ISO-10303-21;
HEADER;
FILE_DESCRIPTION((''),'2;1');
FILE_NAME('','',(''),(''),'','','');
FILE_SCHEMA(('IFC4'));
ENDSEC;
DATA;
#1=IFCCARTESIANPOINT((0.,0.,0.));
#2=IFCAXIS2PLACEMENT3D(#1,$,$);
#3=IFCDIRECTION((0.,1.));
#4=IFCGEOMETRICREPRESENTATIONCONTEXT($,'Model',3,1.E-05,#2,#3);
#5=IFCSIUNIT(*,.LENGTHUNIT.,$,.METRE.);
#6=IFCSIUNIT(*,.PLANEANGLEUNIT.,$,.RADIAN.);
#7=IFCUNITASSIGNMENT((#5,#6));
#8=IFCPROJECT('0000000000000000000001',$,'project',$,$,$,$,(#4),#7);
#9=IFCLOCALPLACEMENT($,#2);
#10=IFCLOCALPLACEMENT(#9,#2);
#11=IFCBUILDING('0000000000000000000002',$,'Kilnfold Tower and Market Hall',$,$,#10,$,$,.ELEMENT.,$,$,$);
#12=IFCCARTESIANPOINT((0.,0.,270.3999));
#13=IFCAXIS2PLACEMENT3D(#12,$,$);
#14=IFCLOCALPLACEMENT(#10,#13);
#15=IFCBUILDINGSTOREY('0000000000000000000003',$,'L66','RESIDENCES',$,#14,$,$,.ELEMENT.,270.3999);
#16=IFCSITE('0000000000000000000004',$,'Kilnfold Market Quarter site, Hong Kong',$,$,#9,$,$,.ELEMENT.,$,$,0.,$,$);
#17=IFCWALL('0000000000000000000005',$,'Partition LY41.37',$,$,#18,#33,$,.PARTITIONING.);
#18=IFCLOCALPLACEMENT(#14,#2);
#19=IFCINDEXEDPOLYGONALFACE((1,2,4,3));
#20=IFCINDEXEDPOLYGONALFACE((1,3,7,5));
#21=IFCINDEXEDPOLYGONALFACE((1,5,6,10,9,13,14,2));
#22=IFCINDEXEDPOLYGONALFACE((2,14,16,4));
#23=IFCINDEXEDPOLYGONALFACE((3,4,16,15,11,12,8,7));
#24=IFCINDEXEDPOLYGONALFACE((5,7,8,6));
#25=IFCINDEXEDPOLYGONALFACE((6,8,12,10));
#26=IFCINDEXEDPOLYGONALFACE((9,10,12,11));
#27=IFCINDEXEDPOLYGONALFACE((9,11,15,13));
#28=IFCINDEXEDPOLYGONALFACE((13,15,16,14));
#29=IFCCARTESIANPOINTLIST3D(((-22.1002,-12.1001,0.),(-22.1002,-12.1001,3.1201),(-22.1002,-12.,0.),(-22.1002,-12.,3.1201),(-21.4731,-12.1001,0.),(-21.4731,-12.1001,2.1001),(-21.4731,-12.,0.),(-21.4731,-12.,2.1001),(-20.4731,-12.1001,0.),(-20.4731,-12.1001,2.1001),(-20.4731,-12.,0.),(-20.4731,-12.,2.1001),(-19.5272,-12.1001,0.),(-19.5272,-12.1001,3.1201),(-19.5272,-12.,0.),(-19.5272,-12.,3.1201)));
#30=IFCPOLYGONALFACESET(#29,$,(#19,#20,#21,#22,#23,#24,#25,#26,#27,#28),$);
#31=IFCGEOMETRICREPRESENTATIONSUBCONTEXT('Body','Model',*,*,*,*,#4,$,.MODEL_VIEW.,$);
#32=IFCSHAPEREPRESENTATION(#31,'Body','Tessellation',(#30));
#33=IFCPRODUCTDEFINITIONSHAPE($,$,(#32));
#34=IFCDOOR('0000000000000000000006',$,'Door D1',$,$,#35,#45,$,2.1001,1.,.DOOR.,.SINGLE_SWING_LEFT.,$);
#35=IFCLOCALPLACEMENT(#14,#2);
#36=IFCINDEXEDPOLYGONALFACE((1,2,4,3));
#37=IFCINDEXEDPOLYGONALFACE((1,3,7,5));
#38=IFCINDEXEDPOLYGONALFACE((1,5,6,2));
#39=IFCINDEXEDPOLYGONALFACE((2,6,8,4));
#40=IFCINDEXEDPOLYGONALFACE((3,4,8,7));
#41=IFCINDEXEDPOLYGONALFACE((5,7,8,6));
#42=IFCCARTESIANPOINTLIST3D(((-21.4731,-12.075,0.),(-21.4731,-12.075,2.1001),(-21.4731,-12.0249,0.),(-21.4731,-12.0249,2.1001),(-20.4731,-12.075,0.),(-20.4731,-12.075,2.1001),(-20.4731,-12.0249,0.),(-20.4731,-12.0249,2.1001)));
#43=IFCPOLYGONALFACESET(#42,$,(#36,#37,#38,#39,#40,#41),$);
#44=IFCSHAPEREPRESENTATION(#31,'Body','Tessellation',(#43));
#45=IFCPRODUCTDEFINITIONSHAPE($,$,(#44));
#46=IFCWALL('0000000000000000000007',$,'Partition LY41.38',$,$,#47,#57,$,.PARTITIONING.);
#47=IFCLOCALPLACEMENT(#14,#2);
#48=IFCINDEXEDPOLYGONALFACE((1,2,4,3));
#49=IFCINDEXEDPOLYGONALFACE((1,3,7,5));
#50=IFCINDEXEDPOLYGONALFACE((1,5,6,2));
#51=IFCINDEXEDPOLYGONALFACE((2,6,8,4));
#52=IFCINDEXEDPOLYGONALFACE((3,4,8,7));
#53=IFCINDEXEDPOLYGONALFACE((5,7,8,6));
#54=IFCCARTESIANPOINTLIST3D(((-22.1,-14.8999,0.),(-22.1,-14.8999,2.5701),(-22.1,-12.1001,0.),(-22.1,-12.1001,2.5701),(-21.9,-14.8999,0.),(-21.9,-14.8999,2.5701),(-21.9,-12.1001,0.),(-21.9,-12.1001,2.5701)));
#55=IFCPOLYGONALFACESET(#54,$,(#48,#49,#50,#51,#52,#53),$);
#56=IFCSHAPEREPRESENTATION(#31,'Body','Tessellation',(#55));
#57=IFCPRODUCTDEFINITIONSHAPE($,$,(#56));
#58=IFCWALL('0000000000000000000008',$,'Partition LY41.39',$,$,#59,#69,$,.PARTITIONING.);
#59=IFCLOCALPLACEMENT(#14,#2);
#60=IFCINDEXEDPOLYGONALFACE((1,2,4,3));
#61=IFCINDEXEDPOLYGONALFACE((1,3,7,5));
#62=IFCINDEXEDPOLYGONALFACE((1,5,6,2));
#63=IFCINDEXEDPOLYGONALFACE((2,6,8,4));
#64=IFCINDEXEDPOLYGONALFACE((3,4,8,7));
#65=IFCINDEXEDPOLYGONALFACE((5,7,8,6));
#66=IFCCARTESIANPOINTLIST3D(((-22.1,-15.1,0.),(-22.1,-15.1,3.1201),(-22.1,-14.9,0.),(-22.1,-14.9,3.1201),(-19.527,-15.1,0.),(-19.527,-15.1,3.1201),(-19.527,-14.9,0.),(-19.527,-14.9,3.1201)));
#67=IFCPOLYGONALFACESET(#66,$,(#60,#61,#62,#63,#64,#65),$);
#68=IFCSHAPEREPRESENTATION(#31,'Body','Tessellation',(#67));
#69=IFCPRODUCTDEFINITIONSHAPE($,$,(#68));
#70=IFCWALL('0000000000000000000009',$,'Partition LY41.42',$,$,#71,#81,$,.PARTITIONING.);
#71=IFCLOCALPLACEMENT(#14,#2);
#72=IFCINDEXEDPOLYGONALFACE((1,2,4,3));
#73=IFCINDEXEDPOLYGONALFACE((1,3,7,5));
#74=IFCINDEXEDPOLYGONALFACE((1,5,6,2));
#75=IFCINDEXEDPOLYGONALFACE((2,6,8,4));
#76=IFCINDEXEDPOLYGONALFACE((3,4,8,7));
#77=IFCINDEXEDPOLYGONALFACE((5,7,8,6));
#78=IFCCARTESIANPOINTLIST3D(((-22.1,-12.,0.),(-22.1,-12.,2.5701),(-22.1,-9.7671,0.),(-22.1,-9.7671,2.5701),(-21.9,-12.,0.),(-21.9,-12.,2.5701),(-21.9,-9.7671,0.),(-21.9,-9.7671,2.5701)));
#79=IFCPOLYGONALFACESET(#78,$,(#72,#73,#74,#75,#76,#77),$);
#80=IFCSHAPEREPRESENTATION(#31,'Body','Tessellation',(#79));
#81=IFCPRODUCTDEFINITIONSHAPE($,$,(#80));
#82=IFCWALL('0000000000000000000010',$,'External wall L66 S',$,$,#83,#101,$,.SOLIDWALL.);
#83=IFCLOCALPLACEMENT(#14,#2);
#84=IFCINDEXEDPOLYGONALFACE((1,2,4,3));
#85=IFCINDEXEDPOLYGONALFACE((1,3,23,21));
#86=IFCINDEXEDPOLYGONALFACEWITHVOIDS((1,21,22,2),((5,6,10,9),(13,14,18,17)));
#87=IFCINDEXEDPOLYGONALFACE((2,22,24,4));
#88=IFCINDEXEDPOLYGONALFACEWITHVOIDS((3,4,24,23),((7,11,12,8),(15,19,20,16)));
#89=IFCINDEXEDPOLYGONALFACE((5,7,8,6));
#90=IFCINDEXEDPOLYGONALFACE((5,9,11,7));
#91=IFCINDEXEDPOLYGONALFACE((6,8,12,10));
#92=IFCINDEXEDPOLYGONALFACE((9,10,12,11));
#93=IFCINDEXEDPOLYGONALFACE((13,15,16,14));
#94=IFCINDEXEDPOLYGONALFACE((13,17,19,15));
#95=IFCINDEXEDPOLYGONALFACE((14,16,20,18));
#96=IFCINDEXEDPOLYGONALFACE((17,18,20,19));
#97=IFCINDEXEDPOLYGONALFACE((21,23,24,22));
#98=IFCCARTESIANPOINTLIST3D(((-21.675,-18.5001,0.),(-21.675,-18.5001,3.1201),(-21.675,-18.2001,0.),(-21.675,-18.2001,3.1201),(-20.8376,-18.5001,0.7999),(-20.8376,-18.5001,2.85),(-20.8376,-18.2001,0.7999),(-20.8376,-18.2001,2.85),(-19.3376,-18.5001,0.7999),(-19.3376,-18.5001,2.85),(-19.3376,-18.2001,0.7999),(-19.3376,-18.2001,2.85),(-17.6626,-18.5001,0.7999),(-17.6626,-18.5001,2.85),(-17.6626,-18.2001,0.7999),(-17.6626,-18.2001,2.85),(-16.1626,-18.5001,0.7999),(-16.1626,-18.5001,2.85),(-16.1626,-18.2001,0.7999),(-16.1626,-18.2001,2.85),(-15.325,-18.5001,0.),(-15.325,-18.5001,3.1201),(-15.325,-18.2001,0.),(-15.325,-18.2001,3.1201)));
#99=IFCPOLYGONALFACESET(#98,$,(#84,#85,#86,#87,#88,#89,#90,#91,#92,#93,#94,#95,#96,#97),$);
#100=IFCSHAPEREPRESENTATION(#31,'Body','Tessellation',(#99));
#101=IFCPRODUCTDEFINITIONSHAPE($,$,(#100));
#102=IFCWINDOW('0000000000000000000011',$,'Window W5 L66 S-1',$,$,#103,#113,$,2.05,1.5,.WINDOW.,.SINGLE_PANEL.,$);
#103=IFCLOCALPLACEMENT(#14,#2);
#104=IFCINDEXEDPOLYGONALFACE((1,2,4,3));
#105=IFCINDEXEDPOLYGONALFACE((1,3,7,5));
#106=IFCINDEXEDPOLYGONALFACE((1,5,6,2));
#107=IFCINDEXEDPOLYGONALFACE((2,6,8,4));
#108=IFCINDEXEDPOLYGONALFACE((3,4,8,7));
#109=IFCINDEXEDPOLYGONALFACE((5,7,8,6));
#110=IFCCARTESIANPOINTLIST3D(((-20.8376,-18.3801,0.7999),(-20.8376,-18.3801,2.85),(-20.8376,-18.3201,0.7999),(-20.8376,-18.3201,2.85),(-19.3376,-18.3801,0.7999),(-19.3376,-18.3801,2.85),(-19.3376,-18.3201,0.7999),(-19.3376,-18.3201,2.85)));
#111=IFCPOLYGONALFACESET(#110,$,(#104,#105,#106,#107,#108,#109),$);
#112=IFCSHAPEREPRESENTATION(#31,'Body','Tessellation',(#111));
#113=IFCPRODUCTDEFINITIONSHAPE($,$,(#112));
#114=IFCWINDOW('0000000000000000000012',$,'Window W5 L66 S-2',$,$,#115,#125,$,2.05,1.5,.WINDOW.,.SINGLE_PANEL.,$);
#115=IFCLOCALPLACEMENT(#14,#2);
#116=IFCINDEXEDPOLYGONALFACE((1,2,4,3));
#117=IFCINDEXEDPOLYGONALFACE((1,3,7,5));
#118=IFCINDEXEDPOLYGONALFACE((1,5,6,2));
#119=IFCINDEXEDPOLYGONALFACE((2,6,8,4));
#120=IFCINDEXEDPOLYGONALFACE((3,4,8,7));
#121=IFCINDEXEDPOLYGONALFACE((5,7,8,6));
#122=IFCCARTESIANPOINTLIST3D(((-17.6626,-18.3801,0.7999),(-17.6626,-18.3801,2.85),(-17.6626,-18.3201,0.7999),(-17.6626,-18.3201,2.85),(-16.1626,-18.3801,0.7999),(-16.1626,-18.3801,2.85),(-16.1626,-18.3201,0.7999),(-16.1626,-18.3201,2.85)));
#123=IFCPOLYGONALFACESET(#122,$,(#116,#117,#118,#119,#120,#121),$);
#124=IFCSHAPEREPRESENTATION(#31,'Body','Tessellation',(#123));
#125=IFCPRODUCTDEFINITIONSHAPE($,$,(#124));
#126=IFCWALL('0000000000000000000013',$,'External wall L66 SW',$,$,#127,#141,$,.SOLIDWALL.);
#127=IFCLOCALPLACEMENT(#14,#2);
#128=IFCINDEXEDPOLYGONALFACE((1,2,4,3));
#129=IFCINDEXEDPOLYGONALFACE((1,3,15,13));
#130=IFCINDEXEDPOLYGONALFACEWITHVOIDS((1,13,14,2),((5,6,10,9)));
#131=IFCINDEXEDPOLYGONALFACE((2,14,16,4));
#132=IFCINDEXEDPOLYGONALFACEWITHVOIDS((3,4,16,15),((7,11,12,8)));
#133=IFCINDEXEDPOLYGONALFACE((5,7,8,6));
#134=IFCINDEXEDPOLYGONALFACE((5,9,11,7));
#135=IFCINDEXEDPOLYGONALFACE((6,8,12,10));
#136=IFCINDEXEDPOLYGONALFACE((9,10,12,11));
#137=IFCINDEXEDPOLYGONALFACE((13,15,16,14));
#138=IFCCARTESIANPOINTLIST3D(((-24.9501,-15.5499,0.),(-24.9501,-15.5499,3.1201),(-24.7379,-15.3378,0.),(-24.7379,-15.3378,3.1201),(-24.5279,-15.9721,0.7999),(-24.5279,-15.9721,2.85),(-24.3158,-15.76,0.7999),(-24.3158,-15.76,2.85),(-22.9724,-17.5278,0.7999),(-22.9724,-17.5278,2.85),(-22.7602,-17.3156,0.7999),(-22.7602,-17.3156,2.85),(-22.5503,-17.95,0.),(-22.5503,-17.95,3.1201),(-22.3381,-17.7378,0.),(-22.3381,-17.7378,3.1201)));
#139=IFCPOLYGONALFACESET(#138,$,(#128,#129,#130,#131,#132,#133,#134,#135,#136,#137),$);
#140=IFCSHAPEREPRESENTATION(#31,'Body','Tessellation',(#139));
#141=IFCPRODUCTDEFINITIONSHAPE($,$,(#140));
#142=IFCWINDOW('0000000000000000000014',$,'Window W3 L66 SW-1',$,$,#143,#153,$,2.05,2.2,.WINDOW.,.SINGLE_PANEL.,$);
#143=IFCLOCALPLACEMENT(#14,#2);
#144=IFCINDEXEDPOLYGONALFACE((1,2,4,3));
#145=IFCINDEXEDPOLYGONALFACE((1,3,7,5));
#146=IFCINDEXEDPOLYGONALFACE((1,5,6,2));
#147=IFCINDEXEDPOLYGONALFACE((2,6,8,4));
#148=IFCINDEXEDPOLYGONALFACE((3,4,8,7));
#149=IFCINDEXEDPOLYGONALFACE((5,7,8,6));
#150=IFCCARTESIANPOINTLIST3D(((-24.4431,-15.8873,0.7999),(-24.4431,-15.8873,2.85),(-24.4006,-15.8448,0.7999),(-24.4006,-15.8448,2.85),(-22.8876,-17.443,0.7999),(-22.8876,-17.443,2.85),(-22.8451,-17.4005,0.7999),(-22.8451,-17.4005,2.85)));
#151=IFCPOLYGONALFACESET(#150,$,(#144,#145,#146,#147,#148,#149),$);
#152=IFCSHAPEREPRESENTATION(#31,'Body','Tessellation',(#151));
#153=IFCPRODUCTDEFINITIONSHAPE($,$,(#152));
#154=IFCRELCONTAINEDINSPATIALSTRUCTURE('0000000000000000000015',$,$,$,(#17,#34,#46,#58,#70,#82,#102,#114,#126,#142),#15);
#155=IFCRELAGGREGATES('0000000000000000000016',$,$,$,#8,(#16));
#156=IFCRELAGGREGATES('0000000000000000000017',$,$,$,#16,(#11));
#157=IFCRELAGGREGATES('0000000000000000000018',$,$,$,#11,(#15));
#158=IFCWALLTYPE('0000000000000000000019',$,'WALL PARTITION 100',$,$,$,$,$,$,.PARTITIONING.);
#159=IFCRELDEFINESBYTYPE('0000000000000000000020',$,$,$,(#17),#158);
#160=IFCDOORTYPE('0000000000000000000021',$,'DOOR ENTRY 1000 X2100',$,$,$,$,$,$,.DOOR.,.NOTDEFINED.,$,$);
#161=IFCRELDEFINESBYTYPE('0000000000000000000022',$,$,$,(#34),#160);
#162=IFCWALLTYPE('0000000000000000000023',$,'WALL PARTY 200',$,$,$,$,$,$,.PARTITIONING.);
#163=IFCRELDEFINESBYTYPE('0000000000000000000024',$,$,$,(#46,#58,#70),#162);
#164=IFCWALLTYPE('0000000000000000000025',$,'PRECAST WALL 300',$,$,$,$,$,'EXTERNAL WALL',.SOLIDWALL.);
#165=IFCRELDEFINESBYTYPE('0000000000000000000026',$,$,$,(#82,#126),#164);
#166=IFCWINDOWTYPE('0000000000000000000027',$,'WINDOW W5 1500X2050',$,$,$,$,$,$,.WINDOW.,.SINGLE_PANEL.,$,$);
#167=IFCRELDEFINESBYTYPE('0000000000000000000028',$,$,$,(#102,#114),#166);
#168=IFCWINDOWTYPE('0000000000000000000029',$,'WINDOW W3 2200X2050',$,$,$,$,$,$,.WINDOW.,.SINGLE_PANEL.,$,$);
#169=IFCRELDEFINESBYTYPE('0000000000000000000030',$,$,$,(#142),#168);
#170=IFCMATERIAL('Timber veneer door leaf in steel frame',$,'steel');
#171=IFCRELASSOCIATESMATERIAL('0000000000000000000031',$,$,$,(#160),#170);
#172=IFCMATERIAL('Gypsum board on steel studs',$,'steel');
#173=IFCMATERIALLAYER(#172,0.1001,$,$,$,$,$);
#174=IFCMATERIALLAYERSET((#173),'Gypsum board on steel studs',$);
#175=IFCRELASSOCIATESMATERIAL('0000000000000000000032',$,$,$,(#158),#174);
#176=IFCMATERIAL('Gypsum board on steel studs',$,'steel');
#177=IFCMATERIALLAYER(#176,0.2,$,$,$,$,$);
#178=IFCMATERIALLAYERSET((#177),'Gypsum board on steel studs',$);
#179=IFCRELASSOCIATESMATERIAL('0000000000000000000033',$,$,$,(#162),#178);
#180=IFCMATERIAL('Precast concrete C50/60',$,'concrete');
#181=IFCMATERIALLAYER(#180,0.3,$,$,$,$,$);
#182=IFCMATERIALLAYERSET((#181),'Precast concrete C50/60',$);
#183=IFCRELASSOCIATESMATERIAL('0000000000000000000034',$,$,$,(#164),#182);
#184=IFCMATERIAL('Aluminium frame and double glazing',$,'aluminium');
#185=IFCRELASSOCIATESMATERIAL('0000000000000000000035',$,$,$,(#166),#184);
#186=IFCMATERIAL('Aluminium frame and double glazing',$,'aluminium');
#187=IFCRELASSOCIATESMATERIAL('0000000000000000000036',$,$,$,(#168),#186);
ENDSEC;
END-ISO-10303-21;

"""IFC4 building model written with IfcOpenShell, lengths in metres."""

from ifc_helpers import new_model, si_unit, direction, frame, frame_2d, origin, place, context, subcontext, project, spatial, rectangle, extrude, source, transform, mapped, material, layer, layer_set, type_object, element, fill, save


model = new_model("IFC4")

# Units and contexts
model_context = context("Model", 3, precision=1e-05, world=origin(), true_north=direction((0.0, 1.0)))
body_context = subcontext(model_context, "Body", "Model", "MODEL_VIEW")
ifc_project = project(units=[si_unit("LENGTHUNIT", "METRE"), si_unit("PLANEANGLEUNIT", "RADIAN")], contexts=[model_context])

# Site, building, storey
site_placement = place(None, origin())
site = spatial("IfcSite", under=ifc_project, at=site_placement, Name="Kilnfold Market Quarter site, Hong Kong", CompositionType="ELEMENT", RefElevation=0.0)
building_placement = place(site_placement, origin())
building = spatial("IfcBuilding", under=site, at=building_placement, Name="Kilnfold Tower and Market Hall", CompositionType="ELEMENT")
storey_placement = place(building_placement, frame((0.0, 0.0, 270.3999)))
storey = spatial("IfcBuildingStorey", under=building, at=storey_placement, Name="L66", Description="RESIDENCES", CompositionType="ELEMENT", Elevation=270.3999)

# Shared definitions
ifc_material_1 = material(Name="Timber veneer door leaf in steel frame", Category="steel")
door_type_1 = type_object("IfcDoorType", Name="DOOR ENTRY 1000 X2100", OperationType="NOTDEFINED", PredefinedType="DOOR", material=ifc_material_1)

# Wall, opening, door
ifc_material_2 = material(Name="Gypsum board on steel studs", Category="steel")
ifc_layer_1 = layer(ifc_material_2, 0.1001)
ifc_layer_set_1 = layer_set([ifc_layer_1], Name="Gypsum board on steel studs")
wall_type_1 = type_object("IfcWallType", Name="WALL PARTITION 100", PredefinedType="PARTITIONING", material=ifc_layer_set_1)
wall_1_placement = place(storey_placement, frame((-19.5271, -12.05, 0.0), z_axis=(0.0, 0.0, 1.0), x_axis=(-1.0, 0.0, 0.0)))
wall_1 = element("IfcWall", 1, at=wall_1_placement, inside=storey, type_object=wall_type_1, Name="Partition LY41.37", PredefinedType="PARTITIONING", context=body_context, shape_type="SweptSolid", body=[
    extrude(rectangle(XDim=2.573, YDim=0.1001, at=frame_2d((1.2866, 0.0))), origin(), (0.0, 0.0, 1.0), 3.1201),
])
opening_1_placement = place(wall_1_placement, frame((0.946, 0.0, 0.0)))
opening_1 = element("IfcOpeningElement", 2, at=opening_1_placement, cuts=wall_1, PredefinedType="OPENING", context=body_context, shape_type="SweptSolid", body=[
    extrude(rectangle(XDim=1.0, YDim=2.1001, at=frame_2d((0.5, 1.05))), frame((0.0, 0.0601, 0.0), z_axis=(0.0, -1.0, 0.0), x_axis=(1.0, 0.0, 0.0)), (0.0, 0.0, 1.0), 0.1201),
])
door_1_placement = place(opening_1_placement, origin())
door_1 = element("IfcDoor", 3, at=door_1_placement, inside=storey, type_object=door_type_1, Name="Door D1", OperationType="SINGLE_SWING_LEFT", OverallHeight=2.1001, OverallWidth=1.0, PredefinedType="DOOR", context=body_context, shape_type="SweptSolid", body=[
    extrude(rectangle(XDim=1.0, YDim=2.1001, at=frame_2d((0.5, 1.05))), frame((0.0, 0.0249, 0.0), z_axis=(0.0, -1.0, 0.0), x_axis=(1.0, 0.0, 0.0)), (0.0, 0.0, 1.0), 0.05),
])
fill(opening_1, door_1)

# Walls
ifc_material_3 = material(Name="Gypsum board on steel studs", Category="steel")
ifc_layer_2 = layer(ifc_material_3, 0.2)
ifc_layer_set_2 = layer_set([ifc_layer_2], Name="Gypsum board on steel studs")
wall_type_2 = type_object("IfcWallType", Name="WALL PARTY 200", PredefinedType="PARTITIONING", material=ifc_layer_set_2)
wall_2_placement = place(storey_placement, frame((-22.0, -14.8999, 0.0), z_axis=(0.0, 0.0, 1.0), x_axis=(0.0, 1.0, 0.0)))
element("IfcWall", 4, at=wall_2_placement, inside=storey, type_object=wall_type_2, Name="Partition LY41.38", PredefinedType="PARTITIONING", context=body_context, shape_type="SweptSolid", body=[
    extrude(rectangle(XDim=2.7998, YDim=0.2, at=frame_2d((1.3999, 0.0))), origin(), (0.0, 0.0, 1.0), 2.5701),
])
wall_3_placement = place(storey_placement, frame((-22.1001, -15.0, 0.0), z_axis=(0.0, 0.0, 1.0), x_axis=(1.0, 0.0, 0.0)))
element("IfcWall", 5, at=wall_3_placement, inside=storey, type_object=wall_type_2, Name="Partition LY41.39", PredefinedType="PARTITIONING", context=body_context, shape_type="SweptSolid", body=[
    extrude(rectangle(XDim=2.573, YDim=0.2, at=frame_2d((1.2866, 0.0))), origin(), (0.0, 0.0, 1.0), 3.1201),
])
wall_4_placement = place(storey_placement, frame((-22.0, -12.0, 0.0), z_axis=(0.0, 0.0, 1.0), x_axis=(0.0, 1.0, 0.0)))
element("IfcWall", 6, at=wall_4_placement, inside=storey, type_object=wall_type_2, Name="Partition LY41.42", PredefinedType="PARTITIONING", context=body_context, shape_type="SweptSolid", body=[
    extrude(rectangle(XDim=2.2329, YDim=0.2, at=frame_2d((1.1165, 0.0))), origin(), (0.0, 0.0, 1.0), 2.5701),
])

# Wall, openings, windows
ifc_material_4 = material(Name="Precast concrete C50/60", Category="concrete")
ifc_layer_3 = layer(ifc_material_4, 0.3)
ifc_layer_set_3 = layer_set([ifc_layer_3], Name="Precast concrete C50/60")
wall_type_3 = type_object("IfcWallType", Name="PRECAST WALL 300", ElementType="EXTERNAL WALL", PredefinedType="SOLIDWALL", material=ifc_layer_set_3)
shared_shape_1 = source(origin(), body_context, "Body", "SweptSolid", [
    extrude(rectangle(XDim=6.3501, YDim=0.3, at=frame_2d((3.175, 0.0))), origin(), (0.0, 0.0, 1.0), 3.1201),
])
wall_5_placement = place(storey_placement, frame((-21.675, -18.3501, 0.0), z_axis=(0.0, 0.0, 1.0), x_axis=(1.0, 0.0, 0.0)))
wall_5 = element("IfcWall", 7, at=wall_5_placement, inside=storey, type_object=wall_type_3, Name="External wall L66 S", PredefinedType="SOLIDWALL", context=body_context, shape_type="MappedRepresentation", body=[
    mapped(shared_shape_1, transform((0.0, 0.0, 0.0))),
])
opening_2_placement = place(wall_5_placement, frame((0.8374, 0.0, 0.8)))
opening_2 = element("IfcOpeningElement", 8, at=opening_2_placement, cuts=wall_5, PredefinedType="OPENING", context=body_context, shape_type="SweptSolid", body=[
    extrude(rectangle(XDim=1.5, YDim=2.05, at=frame_2d((0.75, 1.0249))), frame((0.0, 0.1602, 0.0), z_axis=(0.0, -1.0, 0.0), x_axis=(1.0, 0.0, 0.0)), (0.0, 0.0, 1.0), 0.3201),
])
opening_3_placement = place(wall_5_placement, frame((4.0125, 0.0, 0.8)))
opening_3 = element("IfcOpeningElement", 9, at=opening_3_placement, cuts=wall_5, PredefinedType="OPENING", context=body_context, shape_type="SweptSolid", body=[
    extrude(rectangle(XDim=1.5, YDim=2.05, at=frame_2d((0.75, 1.0249))), frame((0.0, 0.1602, 0.0), z_axis=(0.0, -1.0, 0.0), x_axis=(1.0, 0.0, 0.0)), (0.0, 0.0, 1.0), 0.3201),
])
ifc_material_5 = material(Name="Aluminium frame and double glazing", Category="aluminium")
window_type_1 = type_object("IfcWindowType", Name="WINDOW W5 1500X2050", PartitioningType="SINGLE_PANEL", PredefinedType="WINDOW", material=ifc_material_5)
window_1_placement = place(opening_2_placement, origin())
window_1 = element("IfcWindow", 10, at=window_1_placement, inside=storey, type_object=window_type_1, Name="Window W5 L66 S-1", OverallHeight=2.05, OverallWidth=1.5, PartitioningType="SINGLE_PANEL", PredefinedType="WINDOW", context=body_context, shape_type="SweptSolid", body=[
    extrude(rectangle(XDim=1.5, YDim=2.05, at=frame_2d((0.75, 1.0249))), frame((0.0, 0.03, 0.0), z_axis=(0.0, -1.0, 0.0), x_axis=(1.0, 0.0, 0.0)), (0.0, 0.0, 1.0), 0.0601),
])
fill(opening_2, window_1)
window_2_placement = place(opening_3_placement, origin())
window_2 = element("IfcWindow", 11, at=window_2_placement, inside=storey, type_object=window_type_1, Name="Window W5 L66 S-2", OverallHeight=2.05, OverallWidth=1.5, PartitioningType="SINGLE_PANEL", PredefinedType="WINDOW", context=body_context, shape_type="SweptSolid", body=[
    extrude(rectangle(XDim=1.5, YDim=2.05, at=frame_2d((0.75, 1.0249))), frame((0.0, 0.03, 0.0), z_axis=(0.0, -1.0, 0.0), x_axis=(1.0, 0.0, 0.0)), (0.0, 0.0, 1.0), 0.0601),
])
fill(opening_3, window_2)

# Wall, opening, window
shared_shape_2 = source(origin(), body_context, "Body", "SweptSolid", [
    extrude(rectangle(XDim=3.394, YDim=0.3, at=frame_2d((1.697, 0.0))), origin(), (0.0, 0.0, 1.0), 3.1201),
])
wall_6_placement = place(storey_placement, frame((-24.844, -15.4438, 0.0), z_axis=(0.0, 0.0, 1.0), x_axis=(0.707071, -0.707143, 0.0)))
wall_6 = element("IfcWall", 12, at=wall_6_placement, inside=storey, type_object=wall_type_3, Name="External wall L66 SW", PredefinedType="SOLIDWALL", context=body_context, shape_type="MappedRepresentation", body=[
    mapped(shared_shape_2, transform((0.0, 0.0, 0.0))),
])
opening_4_placement = place(wall_6_placement, frame((0.5969, 0.0, 0.8)))
opening_4 = element("IfcOpeningElement", 13, at=opening_4_placement, cuts=wall_6, PredefinedType="OPENING", context=body_context, shape_type="SweptSolid", body=[
    extrude(rectangle(XDim=2.2, YDim=2.05, at=frame_2d((1.1001, 1.0249))), frame((0.0, 0.1602, 0.0), z_axis=(0.0, -1.0, 0.0), x_axis=(1.0, 0.0, 0.0)), (0.0, 0.0, 1.0), 0.3201),
])
ifc_material_6 = material(Name="Aluminium frame and double glazing", Category="aluminium")
window_type_2 = type_object("IfcWindowType", Name="WINDOW W3 2200X2050", PartitioningType="SINGLE_PANEL", PredefinedType="WINDOW", material=ifc_material_6)
window_3_placement = place(opening_4_placement, origin())
window_3 = element("IfcWindow", 14, at=window_3_placement, inside=storey, type_object=window_type_2, Name="Window W3 L66 SW-1", OverallHeight=2.05, OverallWidth=2.2, PartitioningType="SINGLE_PANEL", PredefinedType="WINDOW", context=body_context, shape_type="SweptSolid", body=[
    extrude(rectangle(XDim=2.2, YDim=2.05, at=frame_2d((1.1001, 1.0249))), frame((0.0, 0.03, 0.0), z_axis=(0.0, -1.0, 0.0), x_axis=(1.0, 0.0, 0.0)), (0.0, 0.0, 1.0), 0.0601),
])
fill(opening_4, window_3)

save(model, "model.ifc")
